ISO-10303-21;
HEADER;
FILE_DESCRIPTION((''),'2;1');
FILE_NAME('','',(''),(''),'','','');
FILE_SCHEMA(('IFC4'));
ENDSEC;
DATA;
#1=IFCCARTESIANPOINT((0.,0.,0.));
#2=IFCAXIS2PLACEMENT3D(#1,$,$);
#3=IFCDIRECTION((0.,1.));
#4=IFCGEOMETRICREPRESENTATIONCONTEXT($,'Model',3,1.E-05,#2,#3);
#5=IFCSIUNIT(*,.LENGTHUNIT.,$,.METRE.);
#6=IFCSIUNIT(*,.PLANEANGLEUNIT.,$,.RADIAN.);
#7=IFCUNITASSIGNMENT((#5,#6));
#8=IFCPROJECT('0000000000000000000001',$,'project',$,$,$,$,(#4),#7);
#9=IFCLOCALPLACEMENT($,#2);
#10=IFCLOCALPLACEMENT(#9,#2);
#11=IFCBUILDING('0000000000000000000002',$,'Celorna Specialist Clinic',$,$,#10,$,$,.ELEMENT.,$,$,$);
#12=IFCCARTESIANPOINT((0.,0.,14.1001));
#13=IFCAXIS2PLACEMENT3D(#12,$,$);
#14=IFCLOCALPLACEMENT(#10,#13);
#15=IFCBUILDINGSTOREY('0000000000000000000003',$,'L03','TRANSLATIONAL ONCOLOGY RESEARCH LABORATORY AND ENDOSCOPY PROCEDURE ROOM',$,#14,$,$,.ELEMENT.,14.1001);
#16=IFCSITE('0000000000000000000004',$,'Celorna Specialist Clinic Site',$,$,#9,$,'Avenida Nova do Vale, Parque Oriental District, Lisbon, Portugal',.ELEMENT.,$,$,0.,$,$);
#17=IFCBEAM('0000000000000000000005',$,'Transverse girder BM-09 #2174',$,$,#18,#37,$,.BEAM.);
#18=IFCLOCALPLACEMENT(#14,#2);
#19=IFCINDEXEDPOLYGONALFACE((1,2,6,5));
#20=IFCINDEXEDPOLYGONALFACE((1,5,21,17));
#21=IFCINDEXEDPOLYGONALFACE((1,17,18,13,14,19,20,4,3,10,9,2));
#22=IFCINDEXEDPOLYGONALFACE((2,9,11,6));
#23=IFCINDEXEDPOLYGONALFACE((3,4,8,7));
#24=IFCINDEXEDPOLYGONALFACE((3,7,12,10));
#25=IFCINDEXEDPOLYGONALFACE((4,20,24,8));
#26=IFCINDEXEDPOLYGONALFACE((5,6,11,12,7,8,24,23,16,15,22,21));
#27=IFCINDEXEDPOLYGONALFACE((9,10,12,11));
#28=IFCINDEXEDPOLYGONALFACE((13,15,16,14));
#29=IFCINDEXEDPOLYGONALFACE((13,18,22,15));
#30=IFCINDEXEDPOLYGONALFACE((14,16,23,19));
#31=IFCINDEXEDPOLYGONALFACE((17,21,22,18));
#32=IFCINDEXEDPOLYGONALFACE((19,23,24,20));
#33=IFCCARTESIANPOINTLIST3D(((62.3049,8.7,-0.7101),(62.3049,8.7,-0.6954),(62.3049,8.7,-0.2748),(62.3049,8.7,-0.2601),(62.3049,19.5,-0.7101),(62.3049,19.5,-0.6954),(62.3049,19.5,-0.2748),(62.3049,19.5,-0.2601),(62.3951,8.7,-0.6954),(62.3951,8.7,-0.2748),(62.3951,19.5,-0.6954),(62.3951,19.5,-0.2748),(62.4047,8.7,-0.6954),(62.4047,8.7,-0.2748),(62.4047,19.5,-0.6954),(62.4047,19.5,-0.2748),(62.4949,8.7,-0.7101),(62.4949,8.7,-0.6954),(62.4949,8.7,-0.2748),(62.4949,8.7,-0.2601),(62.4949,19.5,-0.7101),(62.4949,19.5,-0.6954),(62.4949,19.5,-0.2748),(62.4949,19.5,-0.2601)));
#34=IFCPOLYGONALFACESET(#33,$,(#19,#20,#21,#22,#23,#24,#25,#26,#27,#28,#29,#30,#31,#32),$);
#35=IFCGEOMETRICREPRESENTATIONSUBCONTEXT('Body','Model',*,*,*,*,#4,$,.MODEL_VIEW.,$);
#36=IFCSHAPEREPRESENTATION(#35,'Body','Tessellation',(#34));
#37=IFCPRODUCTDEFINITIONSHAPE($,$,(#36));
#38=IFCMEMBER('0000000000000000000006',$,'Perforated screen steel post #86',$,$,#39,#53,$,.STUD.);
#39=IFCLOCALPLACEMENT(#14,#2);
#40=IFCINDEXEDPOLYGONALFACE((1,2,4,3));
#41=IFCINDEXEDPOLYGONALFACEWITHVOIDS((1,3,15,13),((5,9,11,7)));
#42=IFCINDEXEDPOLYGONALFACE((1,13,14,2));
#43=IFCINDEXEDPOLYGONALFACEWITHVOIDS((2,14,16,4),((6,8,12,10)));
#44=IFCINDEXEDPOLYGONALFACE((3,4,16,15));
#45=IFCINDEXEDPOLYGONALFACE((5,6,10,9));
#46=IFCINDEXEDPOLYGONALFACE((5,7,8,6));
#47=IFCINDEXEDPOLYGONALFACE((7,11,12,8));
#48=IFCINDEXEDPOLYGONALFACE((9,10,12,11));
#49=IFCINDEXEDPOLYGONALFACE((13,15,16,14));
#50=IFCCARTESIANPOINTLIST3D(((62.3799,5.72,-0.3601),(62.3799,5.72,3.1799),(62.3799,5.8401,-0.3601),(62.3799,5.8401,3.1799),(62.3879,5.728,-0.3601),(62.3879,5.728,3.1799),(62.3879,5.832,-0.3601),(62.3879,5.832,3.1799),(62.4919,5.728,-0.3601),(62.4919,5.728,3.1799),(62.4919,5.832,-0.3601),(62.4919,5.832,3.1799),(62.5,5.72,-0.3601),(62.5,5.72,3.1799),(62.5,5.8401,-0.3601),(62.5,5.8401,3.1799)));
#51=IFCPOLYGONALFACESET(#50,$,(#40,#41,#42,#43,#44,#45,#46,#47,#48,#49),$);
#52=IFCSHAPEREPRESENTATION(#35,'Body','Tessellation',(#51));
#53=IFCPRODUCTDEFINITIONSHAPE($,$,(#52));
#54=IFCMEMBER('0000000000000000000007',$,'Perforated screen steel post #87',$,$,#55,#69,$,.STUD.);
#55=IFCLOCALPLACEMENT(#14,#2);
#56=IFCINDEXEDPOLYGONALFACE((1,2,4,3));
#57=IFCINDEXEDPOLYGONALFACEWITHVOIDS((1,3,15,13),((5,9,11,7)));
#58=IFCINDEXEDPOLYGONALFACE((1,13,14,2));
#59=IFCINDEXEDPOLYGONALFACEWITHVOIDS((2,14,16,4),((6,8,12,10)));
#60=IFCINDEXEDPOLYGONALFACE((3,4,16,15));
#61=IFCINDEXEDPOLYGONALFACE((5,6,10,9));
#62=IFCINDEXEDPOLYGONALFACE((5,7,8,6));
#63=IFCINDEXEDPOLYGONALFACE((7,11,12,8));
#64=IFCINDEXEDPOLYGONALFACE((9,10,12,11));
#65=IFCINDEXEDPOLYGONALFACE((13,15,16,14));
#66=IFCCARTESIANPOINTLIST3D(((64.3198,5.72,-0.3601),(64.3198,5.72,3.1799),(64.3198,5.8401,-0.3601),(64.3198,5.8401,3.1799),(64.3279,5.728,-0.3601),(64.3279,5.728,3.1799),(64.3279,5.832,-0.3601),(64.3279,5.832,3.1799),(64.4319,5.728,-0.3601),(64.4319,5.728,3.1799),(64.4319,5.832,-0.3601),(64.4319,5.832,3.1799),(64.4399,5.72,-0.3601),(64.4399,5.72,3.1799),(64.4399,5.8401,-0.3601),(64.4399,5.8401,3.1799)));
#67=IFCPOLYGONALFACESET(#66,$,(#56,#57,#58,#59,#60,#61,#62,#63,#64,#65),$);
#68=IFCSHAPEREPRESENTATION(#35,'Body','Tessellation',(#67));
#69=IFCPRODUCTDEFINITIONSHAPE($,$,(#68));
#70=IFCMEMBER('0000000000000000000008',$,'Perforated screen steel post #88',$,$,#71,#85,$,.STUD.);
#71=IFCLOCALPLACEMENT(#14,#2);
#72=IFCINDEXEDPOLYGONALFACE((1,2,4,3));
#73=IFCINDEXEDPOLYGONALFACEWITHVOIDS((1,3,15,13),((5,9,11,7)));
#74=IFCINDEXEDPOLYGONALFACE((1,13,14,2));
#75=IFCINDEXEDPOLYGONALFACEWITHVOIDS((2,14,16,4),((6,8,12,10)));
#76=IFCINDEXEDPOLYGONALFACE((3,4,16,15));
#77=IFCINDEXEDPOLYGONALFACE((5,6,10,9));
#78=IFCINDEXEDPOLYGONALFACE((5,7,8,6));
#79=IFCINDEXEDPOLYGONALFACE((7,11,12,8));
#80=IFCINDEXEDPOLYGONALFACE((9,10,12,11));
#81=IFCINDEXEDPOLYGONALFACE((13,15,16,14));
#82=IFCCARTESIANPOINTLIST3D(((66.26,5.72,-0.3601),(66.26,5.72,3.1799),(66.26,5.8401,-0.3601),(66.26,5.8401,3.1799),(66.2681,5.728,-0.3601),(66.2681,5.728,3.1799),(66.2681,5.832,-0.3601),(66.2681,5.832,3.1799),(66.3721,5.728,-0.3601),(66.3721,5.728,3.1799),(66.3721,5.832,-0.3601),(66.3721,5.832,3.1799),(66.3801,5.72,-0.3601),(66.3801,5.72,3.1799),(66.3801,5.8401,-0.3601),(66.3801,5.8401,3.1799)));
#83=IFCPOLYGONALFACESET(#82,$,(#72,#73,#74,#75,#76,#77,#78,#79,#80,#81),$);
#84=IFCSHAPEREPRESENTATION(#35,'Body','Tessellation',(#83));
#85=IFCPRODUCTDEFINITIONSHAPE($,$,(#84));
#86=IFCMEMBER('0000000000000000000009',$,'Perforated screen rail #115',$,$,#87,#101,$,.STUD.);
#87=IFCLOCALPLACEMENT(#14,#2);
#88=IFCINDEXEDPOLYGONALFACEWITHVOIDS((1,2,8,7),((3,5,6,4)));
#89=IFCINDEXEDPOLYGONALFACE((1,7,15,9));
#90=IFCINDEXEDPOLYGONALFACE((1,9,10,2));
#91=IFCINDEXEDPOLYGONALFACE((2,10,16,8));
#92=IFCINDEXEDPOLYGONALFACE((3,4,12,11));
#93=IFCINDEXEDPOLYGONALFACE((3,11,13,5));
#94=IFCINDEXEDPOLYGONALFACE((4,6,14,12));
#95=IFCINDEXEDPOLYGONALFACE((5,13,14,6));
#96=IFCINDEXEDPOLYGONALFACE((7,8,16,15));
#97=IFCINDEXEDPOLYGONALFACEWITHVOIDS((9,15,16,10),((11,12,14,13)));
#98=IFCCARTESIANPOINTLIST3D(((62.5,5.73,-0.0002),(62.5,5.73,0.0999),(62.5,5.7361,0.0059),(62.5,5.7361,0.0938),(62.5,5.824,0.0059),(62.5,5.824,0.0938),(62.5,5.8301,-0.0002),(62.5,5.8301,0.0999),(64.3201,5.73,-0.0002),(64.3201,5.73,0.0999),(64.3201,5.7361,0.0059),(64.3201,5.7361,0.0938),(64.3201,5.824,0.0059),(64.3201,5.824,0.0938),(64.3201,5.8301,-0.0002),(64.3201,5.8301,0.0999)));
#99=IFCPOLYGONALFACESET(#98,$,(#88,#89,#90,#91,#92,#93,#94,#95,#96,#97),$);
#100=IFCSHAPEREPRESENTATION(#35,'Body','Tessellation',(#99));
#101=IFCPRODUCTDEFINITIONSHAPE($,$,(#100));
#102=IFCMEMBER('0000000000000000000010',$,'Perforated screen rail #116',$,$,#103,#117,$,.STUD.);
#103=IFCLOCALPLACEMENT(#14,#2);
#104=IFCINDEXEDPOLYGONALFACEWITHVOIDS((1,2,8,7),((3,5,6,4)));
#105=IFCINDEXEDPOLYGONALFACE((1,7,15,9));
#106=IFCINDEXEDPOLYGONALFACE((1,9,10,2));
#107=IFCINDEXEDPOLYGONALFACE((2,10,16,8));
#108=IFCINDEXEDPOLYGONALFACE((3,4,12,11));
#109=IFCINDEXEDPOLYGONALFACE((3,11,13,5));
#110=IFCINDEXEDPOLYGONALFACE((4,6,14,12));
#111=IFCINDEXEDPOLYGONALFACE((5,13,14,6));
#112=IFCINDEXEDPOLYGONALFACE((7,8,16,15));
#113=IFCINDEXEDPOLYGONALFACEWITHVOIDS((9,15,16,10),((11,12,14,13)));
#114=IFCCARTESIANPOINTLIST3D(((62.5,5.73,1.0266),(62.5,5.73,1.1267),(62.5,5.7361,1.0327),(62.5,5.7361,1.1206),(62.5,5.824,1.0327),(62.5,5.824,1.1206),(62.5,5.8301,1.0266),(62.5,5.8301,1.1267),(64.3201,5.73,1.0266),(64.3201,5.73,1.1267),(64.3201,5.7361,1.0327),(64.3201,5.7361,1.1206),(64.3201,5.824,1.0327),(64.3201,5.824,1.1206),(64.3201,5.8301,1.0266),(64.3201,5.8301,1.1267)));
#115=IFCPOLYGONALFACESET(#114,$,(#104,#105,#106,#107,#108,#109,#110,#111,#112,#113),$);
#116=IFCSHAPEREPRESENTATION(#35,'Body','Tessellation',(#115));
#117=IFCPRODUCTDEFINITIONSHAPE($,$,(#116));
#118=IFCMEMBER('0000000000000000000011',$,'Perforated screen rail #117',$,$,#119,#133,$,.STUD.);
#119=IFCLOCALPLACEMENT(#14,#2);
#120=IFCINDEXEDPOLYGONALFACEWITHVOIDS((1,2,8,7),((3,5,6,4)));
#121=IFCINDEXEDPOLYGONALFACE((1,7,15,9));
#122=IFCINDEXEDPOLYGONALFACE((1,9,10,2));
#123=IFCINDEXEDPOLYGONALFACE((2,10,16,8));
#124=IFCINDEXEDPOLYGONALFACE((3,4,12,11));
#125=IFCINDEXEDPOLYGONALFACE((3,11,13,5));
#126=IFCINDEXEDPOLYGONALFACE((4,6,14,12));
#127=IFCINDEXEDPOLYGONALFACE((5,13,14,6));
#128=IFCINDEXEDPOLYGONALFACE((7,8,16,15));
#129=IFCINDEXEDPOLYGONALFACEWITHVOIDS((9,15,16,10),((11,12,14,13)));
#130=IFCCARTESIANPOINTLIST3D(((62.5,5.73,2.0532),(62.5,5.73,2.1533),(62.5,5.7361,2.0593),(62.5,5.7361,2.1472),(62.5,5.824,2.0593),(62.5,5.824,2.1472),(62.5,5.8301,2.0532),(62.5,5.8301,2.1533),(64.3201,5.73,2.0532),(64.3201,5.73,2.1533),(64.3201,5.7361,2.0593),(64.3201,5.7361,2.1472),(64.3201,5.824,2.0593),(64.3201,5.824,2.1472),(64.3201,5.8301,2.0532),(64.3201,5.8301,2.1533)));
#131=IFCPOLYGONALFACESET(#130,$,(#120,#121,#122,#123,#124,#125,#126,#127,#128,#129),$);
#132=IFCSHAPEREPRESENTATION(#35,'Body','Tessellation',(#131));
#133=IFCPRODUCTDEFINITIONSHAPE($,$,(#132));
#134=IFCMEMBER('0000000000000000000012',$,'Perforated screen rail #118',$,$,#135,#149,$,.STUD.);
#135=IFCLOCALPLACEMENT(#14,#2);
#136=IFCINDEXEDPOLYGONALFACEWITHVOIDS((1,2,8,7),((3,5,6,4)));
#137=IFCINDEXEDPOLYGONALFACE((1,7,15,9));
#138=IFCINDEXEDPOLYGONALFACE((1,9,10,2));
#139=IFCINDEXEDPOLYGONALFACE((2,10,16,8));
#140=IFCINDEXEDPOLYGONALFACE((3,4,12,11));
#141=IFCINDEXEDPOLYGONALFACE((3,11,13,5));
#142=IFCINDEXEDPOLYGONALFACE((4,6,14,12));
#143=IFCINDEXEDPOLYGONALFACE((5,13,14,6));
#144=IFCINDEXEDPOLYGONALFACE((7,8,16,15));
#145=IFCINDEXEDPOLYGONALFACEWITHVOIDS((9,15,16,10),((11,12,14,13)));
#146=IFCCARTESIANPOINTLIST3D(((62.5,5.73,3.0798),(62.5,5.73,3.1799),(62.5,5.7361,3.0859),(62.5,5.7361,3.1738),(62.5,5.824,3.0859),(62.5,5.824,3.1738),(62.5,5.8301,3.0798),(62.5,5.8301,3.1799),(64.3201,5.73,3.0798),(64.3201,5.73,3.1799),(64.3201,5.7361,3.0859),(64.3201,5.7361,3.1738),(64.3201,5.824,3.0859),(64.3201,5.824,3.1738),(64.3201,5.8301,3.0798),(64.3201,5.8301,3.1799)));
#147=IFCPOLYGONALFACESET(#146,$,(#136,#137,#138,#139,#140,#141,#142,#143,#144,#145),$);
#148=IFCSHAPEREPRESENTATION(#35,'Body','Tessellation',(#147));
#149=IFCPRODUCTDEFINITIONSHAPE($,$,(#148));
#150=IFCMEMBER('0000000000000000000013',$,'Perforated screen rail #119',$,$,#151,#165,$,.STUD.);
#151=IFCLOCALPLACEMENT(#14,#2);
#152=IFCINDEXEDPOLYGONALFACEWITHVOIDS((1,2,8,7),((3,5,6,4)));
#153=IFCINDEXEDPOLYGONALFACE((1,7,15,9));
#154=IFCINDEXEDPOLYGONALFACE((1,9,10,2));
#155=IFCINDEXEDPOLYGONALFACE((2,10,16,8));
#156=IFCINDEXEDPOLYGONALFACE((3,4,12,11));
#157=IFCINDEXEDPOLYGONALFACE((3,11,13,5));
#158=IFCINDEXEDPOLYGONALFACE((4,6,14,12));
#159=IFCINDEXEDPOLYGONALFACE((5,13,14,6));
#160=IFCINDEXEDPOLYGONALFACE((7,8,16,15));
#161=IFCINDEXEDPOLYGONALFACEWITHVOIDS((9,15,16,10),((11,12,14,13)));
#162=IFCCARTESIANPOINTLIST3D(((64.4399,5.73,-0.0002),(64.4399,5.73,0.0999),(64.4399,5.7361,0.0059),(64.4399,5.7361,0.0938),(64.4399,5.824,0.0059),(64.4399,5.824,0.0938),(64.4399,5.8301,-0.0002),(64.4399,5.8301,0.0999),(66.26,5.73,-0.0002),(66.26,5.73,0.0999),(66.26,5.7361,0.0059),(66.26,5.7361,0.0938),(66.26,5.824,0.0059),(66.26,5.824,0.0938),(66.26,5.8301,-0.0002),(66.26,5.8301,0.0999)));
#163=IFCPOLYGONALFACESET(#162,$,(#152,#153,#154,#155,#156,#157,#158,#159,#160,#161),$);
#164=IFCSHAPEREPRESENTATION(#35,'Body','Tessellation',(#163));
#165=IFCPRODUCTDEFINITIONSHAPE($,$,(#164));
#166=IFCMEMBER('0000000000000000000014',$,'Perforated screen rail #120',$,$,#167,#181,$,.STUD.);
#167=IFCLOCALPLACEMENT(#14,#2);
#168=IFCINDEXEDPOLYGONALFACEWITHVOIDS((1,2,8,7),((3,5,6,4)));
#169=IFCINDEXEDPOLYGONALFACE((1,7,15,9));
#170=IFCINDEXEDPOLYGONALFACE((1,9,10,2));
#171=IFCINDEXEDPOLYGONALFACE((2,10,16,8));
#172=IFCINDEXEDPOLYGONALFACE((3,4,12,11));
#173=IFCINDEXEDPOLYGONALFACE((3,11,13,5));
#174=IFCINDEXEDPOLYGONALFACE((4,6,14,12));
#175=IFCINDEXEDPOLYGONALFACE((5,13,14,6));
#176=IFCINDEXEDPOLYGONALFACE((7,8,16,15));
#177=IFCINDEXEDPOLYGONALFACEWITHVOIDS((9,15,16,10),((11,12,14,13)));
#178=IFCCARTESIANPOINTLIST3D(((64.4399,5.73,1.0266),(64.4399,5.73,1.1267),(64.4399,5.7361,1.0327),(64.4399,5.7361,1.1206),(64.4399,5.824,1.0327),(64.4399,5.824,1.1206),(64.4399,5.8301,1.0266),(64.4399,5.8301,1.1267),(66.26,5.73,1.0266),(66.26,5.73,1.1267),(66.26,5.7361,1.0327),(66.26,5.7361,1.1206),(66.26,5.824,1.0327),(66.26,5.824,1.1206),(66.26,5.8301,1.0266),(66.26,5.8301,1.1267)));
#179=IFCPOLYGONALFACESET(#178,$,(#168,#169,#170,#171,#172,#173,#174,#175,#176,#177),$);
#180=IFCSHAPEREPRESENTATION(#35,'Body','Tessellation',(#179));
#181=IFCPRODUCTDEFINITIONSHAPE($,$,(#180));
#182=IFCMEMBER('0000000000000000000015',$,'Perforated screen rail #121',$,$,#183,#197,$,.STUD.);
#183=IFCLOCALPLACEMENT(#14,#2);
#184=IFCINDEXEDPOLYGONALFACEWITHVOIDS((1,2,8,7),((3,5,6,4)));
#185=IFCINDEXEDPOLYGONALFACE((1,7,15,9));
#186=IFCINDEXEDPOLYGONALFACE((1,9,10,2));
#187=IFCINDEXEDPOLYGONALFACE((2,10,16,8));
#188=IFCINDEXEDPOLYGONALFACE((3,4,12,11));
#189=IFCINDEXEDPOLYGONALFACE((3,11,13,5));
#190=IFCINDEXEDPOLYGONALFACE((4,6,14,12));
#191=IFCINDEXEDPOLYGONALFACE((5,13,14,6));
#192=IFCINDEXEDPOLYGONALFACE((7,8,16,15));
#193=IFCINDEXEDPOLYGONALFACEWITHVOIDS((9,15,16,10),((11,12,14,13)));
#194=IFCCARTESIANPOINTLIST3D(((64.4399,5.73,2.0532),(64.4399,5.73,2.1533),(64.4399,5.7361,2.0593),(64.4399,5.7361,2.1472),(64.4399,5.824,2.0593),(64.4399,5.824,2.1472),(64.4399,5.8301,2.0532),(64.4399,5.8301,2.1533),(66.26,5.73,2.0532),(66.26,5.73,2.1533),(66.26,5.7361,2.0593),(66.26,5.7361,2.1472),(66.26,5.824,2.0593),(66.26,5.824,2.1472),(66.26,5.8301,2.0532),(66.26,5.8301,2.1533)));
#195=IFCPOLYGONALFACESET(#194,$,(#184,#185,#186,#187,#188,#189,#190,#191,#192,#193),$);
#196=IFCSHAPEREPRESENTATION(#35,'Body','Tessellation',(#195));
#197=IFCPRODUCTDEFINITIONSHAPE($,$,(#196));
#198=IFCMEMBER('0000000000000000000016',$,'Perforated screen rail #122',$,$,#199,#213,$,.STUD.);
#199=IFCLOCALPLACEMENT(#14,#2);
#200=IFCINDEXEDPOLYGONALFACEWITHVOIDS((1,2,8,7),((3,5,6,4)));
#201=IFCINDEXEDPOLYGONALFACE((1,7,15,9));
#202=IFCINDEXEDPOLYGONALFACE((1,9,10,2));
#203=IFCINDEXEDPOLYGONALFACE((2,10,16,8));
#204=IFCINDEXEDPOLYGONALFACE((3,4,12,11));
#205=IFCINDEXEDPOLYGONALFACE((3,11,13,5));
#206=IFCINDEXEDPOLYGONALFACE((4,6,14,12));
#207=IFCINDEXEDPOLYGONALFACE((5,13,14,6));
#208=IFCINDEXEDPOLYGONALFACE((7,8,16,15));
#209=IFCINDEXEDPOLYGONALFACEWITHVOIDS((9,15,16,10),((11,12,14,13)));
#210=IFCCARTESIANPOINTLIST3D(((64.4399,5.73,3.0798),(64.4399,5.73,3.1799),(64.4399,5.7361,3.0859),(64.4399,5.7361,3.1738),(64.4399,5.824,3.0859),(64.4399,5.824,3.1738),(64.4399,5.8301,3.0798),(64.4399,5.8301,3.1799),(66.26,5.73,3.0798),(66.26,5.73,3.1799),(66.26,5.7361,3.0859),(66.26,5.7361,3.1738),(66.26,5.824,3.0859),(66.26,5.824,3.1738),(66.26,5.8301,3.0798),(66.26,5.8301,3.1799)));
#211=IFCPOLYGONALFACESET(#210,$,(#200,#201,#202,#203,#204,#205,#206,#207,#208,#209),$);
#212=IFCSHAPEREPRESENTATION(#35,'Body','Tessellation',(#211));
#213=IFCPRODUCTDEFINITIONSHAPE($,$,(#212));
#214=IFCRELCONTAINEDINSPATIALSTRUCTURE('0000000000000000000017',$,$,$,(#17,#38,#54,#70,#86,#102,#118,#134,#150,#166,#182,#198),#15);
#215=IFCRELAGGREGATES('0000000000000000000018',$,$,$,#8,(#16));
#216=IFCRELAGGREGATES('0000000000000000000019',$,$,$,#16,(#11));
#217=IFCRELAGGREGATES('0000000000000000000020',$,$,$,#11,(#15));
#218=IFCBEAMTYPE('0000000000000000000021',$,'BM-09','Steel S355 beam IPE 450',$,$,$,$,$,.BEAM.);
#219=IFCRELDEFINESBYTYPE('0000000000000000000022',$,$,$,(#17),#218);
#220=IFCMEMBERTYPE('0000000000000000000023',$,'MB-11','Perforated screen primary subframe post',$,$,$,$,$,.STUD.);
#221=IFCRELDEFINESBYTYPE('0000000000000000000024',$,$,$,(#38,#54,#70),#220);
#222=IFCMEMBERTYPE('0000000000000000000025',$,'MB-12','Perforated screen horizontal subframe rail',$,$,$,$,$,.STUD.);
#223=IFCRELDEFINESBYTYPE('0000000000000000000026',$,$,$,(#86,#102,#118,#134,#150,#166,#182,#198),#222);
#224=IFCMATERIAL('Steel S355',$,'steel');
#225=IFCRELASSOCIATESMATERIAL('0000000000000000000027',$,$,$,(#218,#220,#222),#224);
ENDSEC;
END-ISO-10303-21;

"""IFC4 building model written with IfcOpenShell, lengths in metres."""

from ifc_helpers import new_model, si_unit, direction, frame, origin, origin_2d, place, context, subcontext, project, spatial, hollow_rectangle, i_section, extrude, material, material_profile, profile_set, type_object, element, save


model = new_model("IFC4")

# Units and contexts
model_context = context("Model", 3, precision=1e-05, world=origin(), true_north=direction((0.0, 1.0)))
body_context = subcontext(model_context, "Body", "Model", "MODEL_VIEW")
ifc_project = project(units=[si_unit("LENGTHUNIT", "METRE"), si_unit("PLANEANGLEUNIT", "RADIAN")], contexts=[model_context])

# Site, building, storey
site_placement = place(None, origin())
site = spatial("IfcSite", under=ifc_project, at=site_placement, Name="Celorna Specialist Clinic Site", LongName="Avenida Nova do Vale, Parque Oriental District, Lisbon, Portugal", CompositionType="ELEMENT", RefElevation=0.0)
building_placement = place(site_placement, origin())
building = spatial("IfcBuilding", under=site, at=building_placement, Name="Celorna Specialist Clinic", CompositionType="ELEMENT")
storey_placement = place(building_placement, frame((0.0, 0.0, 14.1001)))
storey = spatial("IfcBuildingStorey", under=building, at=storey_placement, Name="L03", Description="TRANSLATIONAL ONCOLOGY RESEARCH LABORATORY AND ENDOSCOPY PROCEDURE ROOM", CompositionType="ELEMENT", Elevation=14.1001)

# Beam
ifc_material_1 = material(Name="Steel S355", Category="steel")
ifc_material_profile_1 = material_profile(ifc_material_1, i_section(OverallWidth=0.1899, OverallDepth=0.45, WebThickness=0.0095, FlangeThickness=0.0146, at=origin_2d()), Name="IPE 450")
ifc_profile_set_1 = profile_set([ifc_material_profile_1], Name="Steel S355")
beam_type = type_object("IfcBeamType", Name="BM-09", Description="Steel S355 beam IPE 450", PredefinedType="BEAM", material=ifc_profile_set_1)
beam_placement = place(storey_placement, frame((62.3999, 8.7, -0.4851), z_axis=(0.0, 1.0, 0.0), x_axis=(-1.0, 0.0, 0.0)))
element("IfcBeam", 1, at=beam_placement, inside=storey, type_object=beam_type, Name="Transverse girder BM-09 #2174", PredefinedType="BEAM", context=body_context, shape_type="SweptSolid", body=[
    extrude(i_section(OverallWidth=0.1899, OverallDepth=0.45, WebThickness=0.0095, FlangeThickness=0.0146, at=origin_2d()), origin(), (0.0, 0.0, 1.0), 10.8),
])

# Members
ifc_material_profile_2 = material_profile(ifc_material_1, hollow_rectangle(XDim=0.1201, YDim=0.1201, WallThickness=0.0081, at=origin_2d()), Name="SHS 120x120x8")
ifc_profile_set_2 = profile_set([ifc_material_profile_2], Name="Steel S355")
member_type_1 = type_object("IfcMemberType", Name="MB-11", Description="Perforated screen primary subframe post", PredefinedType="STUD", material=ifc_profile_set_2)
for number, where, z_axis, x_axis, name in (
    (2, (62.4399, 5.78, -0.3601), (0.0, 0.0, 1.0), (1.0, 0.0, 0.0), "Perforated screen steel post #86"),
    (3, (64.3799, 5.78, -0.3601), (0.0, 0.0, 1.0), (1.0, 0.0, 0.0), "Perforated screen steel post #87"),
    (4, (66.3201, 5.78, -0.3601), (0.0, 0.0, 1.0), (1.0, 0.0, 0.0), "Perforated screen steel post #88"),
):
    element("IfcMember", number, at=place(storey_placement, frame(where, z_axis=z_axis, x_axis=x_axis)), inside=storey, type_object=member_type_1, Name=name, PredefinedType="STUD", context=body_context, shape_type="SweptSolid", body=[
        extrude(hollow_rectangle(XDim=0.1201, YDim=0.1201, WallThickness=0.0081, at=origin_2d()), origin(), (0.0, 0.0, 1.0), 3.54),
    ])
ifc_material_profile_3 = material_profile(ifc_material_1, hollow_rectangle(XDim=0.1001, YDim=0.1001, WallThickness=0.0061, at=origin_2d()), Name="SHS 100x100x6")
ifc_profile_set_3 = profile_set([ifc_material_profile_3], Name="Steel S355")
member_type_2 = type_object("IfcMemberType", Name="MB-12", Description="Perforated screen horizontal subframe rail", PredefinedType="STUD", material=ifc_profile_set_3)
for number, where, z_axis, x_axis, name in (
    (5, (62.5, 5.78, 0.0498), (1.0, 0.0, 0.0), (0.0, 1.0, 0.0), "Perforated screen rail #115"),
    (6, (62.5, 5.78, 1.0767), (1.0, 0.0, 0.0), (0.0, 1.0, 0.0), "Perforated screen rail #116"),
    (7, (62.5, 5.78, 2.1033), (1.0, 0.0, 0.0), (0.0, 1.0, 0.0), "Perforated screen rail #117"),
    (8, (62.5, 5.78, 3.1299), (1.0, 0.0, 0.0), (0.0, 1.0, 0.0), "Perforated screen rail #118"),
    (9, (64.4399, 5.78, 0.0498), (1.0, 0.0, 0.0), (0.0, 1.0, 0.0), "Perforated screen rail #119"),
    (10, (64.4399, 5.78, 1.0767), (1.0, 0.0, 0.0), (0.0, 1.0, 0.0), "Perforated screen rail #120"),
    (11, (64.4399, 5.78, 2.1033), (1.0, 0.0, 0.0), (0.0, 1.0, 0.0), "Perforated screen rail #121"),
    (12, (64.4399, 5.78, 3.1299), (1.0, 0.0, 0.0), (0.0, 1.0, 0.0), "Perforated screen rail #122"),
):
    element("IfcMember", number, at=place(storey_placement, frame(where, z_axis=z_axis, x_axis=x_axis)), inside=storey, type_object=member_type_2, Name=name, PredefinedType="STUD", context=body_context, shape_type="SweptSolid", body=[
        extrude(hollow_rectangle(XDim=0.1001, YDim=0.1001, WallThickness=0.0061, at=origin_2d()), origin(), (0.0, 0.0, 1.0), 1.8201),
    ])

save(model, "model.ifc")
